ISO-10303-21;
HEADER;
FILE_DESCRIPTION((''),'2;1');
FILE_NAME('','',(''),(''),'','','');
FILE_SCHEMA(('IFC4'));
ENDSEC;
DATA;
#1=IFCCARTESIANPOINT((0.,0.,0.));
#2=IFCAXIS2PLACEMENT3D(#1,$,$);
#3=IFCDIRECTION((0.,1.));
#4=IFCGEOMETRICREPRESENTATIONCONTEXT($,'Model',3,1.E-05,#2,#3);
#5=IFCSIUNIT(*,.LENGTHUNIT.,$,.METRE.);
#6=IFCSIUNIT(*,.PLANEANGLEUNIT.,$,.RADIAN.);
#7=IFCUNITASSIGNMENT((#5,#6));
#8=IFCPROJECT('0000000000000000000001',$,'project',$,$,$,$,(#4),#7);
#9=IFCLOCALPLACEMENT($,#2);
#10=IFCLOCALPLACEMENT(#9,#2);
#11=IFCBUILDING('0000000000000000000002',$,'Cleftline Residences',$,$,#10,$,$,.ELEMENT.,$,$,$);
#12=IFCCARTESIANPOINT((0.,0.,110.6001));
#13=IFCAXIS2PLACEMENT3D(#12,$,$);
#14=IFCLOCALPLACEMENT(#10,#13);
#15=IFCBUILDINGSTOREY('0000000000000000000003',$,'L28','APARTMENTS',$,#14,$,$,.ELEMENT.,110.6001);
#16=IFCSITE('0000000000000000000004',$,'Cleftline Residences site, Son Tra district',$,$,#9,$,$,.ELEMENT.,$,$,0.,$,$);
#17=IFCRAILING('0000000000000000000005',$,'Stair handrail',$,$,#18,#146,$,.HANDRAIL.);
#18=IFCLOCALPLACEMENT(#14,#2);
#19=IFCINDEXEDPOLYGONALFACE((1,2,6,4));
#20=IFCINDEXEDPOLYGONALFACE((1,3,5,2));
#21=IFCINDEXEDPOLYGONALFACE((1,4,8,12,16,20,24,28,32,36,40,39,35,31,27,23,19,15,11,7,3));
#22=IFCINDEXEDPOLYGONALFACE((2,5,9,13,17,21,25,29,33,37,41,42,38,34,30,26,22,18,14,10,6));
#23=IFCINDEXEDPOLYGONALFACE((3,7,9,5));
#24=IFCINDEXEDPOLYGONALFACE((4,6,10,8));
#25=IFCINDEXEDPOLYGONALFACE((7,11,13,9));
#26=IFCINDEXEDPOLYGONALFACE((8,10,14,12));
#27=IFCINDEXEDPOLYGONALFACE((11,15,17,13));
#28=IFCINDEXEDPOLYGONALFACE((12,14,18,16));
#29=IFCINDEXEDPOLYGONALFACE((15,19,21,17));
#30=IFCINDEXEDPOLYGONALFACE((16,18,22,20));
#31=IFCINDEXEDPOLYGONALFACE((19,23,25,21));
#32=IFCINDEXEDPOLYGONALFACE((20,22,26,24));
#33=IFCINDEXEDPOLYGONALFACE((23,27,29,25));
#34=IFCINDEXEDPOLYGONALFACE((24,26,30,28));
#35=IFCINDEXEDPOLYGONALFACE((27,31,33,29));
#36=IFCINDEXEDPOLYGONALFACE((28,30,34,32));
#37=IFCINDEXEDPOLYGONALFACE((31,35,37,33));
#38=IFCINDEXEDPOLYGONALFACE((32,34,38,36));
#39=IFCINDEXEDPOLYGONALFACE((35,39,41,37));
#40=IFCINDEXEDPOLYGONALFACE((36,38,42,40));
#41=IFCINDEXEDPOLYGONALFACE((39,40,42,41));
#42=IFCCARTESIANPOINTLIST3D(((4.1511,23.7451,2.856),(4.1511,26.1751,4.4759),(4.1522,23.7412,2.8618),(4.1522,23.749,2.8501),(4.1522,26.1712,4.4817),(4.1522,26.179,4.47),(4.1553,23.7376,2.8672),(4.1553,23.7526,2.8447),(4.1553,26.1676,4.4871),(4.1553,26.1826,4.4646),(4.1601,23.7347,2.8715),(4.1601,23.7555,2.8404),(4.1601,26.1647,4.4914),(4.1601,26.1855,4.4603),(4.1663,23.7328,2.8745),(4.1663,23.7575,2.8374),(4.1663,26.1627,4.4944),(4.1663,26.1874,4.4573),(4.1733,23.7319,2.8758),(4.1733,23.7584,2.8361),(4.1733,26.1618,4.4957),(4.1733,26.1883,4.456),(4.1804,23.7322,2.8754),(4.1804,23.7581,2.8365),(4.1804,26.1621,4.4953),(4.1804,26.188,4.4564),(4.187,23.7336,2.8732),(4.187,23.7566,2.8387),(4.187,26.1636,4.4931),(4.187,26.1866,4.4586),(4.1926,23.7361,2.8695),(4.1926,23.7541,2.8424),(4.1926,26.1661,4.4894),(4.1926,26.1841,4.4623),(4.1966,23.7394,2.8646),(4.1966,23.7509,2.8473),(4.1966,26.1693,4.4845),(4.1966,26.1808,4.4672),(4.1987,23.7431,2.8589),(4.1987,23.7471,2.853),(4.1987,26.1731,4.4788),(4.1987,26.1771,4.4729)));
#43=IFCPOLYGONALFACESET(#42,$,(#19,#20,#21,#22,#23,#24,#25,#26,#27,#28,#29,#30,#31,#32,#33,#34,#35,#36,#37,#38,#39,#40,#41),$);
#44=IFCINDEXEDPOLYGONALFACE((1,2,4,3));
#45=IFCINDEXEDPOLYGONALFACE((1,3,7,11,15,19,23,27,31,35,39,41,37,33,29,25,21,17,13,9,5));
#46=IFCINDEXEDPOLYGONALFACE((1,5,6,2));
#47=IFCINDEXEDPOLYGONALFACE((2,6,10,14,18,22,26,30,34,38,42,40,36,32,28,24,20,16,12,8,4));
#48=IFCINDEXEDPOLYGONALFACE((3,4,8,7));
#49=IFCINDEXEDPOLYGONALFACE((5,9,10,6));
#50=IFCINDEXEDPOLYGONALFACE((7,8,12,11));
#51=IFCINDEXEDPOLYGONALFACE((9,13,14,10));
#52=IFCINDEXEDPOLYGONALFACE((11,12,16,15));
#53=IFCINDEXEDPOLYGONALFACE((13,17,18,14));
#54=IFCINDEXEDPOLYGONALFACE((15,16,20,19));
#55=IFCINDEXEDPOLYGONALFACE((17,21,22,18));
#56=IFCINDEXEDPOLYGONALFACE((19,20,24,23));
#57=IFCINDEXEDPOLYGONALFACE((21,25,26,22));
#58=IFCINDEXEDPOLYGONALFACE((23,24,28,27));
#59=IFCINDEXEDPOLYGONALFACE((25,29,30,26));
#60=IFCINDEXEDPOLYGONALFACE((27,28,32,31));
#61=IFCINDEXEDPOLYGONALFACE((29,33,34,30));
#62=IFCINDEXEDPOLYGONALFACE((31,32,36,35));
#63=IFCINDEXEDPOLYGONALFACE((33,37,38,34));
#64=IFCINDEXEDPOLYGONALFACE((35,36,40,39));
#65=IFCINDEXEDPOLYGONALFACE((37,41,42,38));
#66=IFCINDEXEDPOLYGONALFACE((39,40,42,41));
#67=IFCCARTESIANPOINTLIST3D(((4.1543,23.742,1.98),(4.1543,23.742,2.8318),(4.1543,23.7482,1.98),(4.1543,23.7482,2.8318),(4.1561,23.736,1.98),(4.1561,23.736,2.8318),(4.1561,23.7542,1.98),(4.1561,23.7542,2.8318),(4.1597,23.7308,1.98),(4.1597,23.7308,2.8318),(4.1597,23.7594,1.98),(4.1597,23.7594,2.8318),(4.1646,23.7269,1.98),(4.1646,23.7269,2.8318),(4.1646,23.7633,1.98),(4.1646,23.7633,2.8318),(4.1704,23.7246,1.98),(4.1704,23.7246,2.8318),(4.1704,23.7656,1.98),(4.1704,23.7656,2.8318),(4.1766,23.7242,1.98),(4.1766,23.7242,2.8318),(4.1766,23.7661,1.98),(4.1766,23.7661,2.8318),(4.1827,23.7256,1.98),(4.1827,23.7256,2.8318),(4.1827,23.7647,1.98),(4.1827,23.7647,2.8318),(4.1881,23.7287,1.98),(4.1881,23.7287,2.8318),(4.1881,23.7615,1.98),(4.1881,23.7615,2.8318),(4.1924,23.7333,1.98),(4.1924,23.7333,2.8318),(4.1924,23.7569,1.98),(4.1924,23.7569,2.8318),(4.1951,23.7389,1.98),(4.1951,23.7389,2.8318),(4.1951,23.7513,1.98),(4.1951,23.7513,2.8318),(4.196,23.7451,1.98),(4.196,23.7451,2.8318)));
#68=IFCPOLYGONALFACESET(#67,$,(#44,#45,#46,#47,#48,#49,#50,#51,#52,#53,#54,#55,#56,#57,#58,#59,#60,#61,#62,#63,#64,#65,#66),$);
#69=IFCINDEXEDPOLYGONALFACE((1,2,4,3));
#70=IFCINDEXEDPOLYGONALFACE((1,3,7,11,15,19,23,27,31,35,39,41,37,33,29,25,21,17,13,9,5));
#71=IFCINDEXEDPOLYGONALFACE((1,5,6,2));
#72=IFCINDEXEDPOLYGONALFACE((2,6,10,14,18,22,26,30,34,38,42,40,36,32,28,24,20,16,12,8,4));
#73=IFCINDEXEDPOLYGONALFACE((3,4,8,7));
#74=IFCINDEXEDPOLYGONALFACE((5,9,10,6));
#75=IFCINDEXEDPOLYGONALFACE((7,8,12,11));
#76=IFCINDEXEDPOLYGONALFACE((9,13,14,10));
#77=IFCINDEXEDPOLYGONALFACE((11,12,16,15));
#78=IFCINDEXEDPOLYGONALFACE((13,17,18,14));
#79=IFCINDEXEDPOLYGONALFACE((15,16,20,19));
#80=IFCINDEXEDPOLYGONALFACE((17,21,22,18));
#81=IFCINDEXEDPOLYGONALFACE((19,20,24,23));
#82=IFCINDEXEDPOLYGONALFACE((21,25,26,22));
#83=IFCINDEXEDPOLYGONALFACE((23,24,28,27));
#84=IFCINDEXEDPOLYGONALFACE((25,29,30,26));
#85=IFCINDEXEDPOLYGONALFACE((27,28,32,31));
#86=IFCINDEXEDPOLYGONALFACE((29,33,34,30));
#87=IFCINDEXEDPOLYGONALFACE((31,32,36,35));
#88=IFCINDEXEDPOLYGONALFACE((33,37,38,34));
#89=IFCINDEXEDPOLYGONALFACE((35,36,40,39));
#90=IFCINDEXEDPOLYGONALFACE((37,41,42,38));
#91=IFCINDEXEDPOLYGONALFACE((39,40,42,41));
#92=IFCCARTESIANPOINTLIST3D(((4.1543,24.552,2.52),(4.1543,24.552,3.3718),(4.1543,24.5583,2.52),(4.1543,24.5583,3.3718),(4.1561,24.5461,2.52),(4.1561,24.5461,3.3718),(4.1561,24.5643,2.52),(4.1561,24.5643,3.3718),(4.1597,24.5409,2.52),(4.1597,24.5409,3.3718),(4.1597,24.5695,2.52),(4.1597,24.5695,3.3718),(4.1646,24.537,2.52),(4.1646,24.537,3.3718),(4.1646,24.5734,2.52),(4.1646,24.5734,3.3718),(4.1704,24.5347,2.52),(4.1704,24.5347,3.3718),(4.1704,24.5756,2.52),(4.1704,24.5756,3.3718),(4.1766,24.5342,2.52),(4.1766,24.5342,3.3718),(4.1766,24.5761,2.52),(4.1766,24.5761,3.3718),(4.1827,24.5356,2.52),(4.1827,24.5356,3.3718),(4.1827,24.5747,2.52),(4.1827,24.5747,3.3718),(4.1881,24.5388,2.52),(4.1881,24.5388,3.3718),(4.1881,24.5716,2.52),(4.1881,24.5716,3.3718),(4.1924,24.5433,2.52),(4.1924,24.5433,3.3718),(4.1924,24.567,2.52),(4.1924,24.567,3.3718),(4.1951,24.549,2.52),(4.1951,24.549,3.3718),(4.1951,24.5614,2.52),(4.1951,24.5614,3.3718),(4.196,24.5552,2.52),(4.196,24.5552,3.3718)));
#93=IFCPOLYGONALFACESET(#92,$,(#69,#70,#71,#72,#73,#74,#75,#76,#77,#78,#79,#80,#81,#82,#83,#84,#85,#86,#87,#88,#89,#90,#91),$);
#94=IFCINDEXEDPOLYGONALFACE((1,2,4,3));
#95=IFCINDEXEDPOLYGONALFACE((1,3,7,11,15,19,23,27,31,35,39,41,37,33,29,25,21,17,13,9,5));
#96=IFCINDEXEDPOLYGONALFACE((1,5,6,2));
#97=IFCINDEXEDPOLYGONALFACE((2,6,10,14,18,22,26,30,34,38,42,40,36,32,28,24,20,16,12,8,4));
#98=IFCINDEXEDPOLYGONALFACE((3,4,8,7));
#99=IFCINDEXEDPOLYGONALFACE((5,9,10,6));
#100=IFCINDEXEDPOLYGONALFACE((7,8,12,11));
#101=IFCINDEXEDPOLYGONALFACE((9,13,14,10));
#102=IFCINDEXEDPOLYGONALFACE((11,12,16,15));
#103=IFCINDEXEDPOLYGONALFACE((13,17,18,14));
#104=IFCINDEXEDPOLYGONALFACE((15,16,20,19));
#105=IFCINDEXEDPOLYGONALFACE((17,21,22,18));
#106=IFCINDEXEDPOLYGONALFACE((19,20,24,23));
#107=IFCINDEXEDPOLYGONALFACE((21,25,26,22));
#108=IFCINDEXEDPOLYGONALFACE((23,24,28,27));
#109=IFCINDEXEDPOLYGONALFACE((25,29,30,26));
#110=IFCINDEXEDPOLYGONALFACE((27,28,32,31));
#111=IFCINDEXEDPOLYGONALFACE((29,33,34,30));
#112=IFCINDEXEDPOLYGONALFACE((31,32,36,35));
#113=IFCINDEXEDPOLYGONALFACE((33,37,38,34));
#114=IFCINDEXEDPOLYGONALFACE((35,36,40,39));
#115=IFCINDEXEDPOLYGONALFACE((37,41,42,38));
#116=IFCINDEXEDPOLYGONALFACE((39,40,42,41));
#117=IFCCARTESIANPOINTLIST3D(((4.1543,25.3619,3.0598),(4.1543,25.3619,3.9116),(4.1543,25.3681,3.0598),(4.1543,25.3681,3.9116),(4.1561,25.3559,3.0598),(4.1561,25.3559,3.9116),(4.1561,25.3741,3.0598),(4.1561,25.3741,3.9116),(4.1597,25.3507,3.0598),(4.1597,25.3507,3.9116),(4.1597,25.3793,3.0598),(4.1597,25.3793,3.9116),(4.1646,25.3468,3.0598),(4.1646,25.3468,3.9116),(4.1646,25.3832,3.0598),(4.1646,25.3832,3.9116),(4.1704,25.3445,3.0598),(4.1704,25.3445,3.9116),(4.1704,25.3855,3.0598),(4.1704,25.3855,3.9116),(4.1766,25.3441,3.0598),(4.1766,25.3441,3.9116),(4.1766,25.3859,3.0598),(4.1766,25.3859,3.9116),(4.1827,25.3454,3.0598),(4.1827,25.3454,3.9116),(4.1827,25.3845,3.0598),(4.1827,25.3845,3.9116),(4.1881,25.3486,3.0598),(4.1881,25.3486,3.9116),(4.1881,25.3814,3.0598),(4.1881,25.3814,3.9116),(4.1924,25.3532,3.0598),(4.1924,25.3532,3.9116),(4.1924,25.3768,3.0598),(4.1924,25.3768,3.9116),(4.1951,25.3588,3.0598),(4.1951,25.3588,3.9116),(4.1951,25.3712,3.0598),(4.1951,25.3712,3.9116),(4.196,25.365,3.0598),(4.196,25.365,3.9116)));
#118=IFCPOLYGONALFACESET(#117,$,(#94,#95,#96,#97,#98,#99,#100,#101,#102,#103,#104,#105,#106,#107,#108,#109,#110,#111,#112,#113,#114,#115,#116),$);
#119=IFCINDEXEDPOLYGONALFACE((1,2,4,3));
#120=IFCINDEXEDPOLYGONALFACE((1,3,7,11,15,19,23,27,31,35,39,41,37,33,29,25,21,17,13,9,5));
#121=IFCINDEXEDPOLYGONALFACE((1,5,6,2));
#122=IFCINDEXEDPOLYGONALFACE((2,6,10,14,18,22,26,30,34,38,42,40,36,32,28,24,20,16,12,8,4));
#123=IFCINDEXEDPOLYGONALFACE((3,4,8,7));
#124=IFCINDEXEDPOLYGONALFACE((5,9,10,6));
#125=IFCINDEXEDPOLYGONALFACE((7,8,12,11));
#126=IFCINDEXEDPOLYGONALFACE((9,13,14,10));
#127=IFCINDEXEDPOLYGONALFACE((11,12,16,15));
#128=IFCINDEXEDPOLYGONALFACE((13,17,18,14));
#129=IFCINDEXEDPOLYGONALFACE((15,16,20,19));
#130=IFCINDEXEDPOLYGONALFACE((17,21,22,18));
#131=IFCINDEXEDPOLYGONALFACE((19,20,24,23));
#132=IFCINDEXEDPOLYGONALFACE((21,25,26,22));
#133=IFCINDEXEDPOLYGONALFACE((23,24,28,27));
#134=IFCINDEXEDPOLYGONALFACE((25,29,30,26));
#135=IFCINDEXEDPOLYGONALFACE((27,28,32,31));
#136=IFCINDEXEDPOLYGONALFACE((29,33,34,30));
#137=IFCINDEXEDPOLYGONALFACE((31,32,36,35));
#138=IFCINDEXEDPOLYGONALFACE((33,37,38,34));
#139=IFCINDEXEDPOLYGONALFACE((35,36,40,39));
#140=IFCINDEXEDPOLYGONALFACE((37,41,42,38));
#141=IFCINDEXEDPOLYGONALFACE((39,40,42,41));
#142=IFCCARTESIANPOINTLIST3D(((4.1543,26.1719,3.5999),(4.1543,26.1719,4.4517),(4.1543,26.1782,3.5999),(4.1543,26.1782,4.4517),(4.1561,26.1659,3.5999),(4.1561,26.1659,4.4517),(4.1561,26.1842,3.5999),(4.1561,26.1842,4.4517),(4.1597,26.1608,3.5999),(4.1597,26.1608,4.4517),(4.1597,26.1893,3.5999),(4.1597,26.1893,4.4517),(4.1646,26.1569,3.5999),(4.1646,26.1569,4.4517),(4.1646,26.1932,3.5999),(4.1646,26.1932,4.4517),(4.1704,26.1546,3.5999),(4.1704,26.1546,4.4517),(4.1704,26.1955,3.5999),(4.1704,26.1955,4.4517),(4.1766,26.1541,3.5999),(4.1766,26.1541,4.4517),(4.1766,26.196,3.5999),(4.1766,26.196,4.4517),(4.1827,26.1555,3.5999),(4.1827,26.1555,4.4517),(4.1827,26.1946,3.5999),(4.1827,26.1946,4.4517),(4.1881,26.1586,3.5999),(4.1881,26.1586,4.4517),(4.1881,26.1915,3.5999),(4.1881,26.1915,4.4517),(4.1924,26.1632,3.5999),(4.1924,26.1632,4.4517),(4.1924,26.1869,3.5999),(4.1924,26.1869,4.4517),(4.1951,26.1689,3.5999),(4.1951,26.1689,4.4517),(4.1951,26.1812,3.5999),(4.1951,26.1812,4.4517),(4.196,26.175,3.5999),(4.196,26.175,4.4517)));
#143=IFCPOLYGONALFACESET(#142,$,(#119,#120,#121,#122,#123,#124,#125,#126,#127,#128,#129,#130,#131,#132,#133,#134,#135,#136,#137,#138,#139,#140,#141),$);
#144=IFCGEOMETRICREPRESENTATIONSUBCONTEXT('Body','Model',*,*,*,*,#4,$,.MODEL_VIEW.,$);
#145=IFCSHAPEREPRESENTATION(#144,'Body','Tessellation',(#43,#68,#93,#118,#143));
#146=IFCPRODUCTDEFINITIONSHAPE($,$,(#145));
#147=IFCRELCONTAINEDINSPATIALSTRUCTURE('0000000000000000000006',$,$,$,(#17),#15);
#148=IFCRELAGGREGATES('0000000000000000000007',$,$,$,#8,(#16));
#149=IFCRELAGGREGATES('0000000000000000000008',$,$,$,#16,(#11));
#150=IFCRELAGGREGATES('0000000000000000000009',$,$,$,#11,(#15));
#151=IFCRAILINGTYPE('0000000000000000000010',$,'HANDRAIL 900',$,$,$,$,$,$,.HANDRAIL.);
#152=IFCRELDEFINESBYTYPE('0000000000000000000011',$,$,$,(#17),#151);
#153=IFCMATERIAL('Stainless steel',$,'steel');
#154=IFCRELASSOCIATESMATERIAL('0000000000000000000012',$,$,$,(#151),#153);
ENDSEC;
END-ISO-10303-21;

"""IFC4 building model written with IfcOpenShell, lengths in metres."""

from ifc_helpers import new_model, si_unit, direction, frame, origin, origin_2d, place, context, subcontext, project, spatial, circle, extrude, material, type_object, element, save


model = new_model("IFC4")

# Units and contexts
model_context = context("Model", 3, precision=1e-05, world=origin(), true_north=direction((0.0, 1.0)))
body_context = subcontext(model_context, "Body", "Model", "MODEL_VIEW")
ifc_project = project(units=[si_unit("LENGTHUNIT", "METRE"), si_unit("PLANEANGLEUNIT", "RADIAN")], contexts=[model_context])

# Site, building, storey
site_placement = place(None, origin())
site = spatial("IfcSite", under=ifc_project, at=site_placement, Name="Cleftline Residences site, Son Tra district", CompositionType="ELEMENT", RefElevation=0.0)
building_placement = place(site_placement, origin())
building = spatial("IfcBuilding", under=site, at=building_placement, Name="Cleftline Residences", CompositionType="ELEMENT")
storey_placement = place(building_placement, frame((0.0, 0.0, 110.6001)))
storey = spatial("IfcBuildingStorey", under=building, at=storey_placement, Name="L28", Description="APARTMENTS", CompositionType="ELEMENT", Elevation=110.6001)

# Railing
ifc_material_1 = material(Name="Stainless steel", Category="steel")
railing_type = type_object("IfcRailingType", Name="HANDRAIL 900", PredefinedType="HANDRAIL", material=ifc_material_1)
railing_placement = place(storey_placement, frame((4.175, 23.7451, 1.98)))
element("IfcRailing", 1, at=railing_placement, inside=storey, type_object=railing_type, Name="Stair handrail", PredefinedType="HANDRAIL", context=body_context, shape_type="SweptSolid", body=[
    extrude(circle(Radius=0.0239, at=origin_2d()), frame((0.0, 0.0, 0.876), z_axis=(0.0, 0.832063, 0.554681), x_axis=(-1.0, 0.0, 0.0)), (0.0, 0.0, 1.0), 2.9204),
    extrude(circle(Radius=0.021, at=origin_2d()), origin(), (0.0, 0.0, 1.0), 0.8518),
    extrude(circle(Radius=0.021, at=origin_2d()), frame((0.0, 0.8101, 0.54)), (0.0, 0.0, 1.0), 0.8518),
    extrude(circle(Radius=0.021, at=origin_2d()), frame((0.0, 1.6199, 1.0798)), (0.0, 0.0, 1.0), 0.8518),
    extrude(circle(Radius=0.021, at=origin_2d()), frame((0.0, 2.4299, 1.6199)), (0.0, 0.0, 1.0), 0.8518),
])

save(model, "model.ifc")
